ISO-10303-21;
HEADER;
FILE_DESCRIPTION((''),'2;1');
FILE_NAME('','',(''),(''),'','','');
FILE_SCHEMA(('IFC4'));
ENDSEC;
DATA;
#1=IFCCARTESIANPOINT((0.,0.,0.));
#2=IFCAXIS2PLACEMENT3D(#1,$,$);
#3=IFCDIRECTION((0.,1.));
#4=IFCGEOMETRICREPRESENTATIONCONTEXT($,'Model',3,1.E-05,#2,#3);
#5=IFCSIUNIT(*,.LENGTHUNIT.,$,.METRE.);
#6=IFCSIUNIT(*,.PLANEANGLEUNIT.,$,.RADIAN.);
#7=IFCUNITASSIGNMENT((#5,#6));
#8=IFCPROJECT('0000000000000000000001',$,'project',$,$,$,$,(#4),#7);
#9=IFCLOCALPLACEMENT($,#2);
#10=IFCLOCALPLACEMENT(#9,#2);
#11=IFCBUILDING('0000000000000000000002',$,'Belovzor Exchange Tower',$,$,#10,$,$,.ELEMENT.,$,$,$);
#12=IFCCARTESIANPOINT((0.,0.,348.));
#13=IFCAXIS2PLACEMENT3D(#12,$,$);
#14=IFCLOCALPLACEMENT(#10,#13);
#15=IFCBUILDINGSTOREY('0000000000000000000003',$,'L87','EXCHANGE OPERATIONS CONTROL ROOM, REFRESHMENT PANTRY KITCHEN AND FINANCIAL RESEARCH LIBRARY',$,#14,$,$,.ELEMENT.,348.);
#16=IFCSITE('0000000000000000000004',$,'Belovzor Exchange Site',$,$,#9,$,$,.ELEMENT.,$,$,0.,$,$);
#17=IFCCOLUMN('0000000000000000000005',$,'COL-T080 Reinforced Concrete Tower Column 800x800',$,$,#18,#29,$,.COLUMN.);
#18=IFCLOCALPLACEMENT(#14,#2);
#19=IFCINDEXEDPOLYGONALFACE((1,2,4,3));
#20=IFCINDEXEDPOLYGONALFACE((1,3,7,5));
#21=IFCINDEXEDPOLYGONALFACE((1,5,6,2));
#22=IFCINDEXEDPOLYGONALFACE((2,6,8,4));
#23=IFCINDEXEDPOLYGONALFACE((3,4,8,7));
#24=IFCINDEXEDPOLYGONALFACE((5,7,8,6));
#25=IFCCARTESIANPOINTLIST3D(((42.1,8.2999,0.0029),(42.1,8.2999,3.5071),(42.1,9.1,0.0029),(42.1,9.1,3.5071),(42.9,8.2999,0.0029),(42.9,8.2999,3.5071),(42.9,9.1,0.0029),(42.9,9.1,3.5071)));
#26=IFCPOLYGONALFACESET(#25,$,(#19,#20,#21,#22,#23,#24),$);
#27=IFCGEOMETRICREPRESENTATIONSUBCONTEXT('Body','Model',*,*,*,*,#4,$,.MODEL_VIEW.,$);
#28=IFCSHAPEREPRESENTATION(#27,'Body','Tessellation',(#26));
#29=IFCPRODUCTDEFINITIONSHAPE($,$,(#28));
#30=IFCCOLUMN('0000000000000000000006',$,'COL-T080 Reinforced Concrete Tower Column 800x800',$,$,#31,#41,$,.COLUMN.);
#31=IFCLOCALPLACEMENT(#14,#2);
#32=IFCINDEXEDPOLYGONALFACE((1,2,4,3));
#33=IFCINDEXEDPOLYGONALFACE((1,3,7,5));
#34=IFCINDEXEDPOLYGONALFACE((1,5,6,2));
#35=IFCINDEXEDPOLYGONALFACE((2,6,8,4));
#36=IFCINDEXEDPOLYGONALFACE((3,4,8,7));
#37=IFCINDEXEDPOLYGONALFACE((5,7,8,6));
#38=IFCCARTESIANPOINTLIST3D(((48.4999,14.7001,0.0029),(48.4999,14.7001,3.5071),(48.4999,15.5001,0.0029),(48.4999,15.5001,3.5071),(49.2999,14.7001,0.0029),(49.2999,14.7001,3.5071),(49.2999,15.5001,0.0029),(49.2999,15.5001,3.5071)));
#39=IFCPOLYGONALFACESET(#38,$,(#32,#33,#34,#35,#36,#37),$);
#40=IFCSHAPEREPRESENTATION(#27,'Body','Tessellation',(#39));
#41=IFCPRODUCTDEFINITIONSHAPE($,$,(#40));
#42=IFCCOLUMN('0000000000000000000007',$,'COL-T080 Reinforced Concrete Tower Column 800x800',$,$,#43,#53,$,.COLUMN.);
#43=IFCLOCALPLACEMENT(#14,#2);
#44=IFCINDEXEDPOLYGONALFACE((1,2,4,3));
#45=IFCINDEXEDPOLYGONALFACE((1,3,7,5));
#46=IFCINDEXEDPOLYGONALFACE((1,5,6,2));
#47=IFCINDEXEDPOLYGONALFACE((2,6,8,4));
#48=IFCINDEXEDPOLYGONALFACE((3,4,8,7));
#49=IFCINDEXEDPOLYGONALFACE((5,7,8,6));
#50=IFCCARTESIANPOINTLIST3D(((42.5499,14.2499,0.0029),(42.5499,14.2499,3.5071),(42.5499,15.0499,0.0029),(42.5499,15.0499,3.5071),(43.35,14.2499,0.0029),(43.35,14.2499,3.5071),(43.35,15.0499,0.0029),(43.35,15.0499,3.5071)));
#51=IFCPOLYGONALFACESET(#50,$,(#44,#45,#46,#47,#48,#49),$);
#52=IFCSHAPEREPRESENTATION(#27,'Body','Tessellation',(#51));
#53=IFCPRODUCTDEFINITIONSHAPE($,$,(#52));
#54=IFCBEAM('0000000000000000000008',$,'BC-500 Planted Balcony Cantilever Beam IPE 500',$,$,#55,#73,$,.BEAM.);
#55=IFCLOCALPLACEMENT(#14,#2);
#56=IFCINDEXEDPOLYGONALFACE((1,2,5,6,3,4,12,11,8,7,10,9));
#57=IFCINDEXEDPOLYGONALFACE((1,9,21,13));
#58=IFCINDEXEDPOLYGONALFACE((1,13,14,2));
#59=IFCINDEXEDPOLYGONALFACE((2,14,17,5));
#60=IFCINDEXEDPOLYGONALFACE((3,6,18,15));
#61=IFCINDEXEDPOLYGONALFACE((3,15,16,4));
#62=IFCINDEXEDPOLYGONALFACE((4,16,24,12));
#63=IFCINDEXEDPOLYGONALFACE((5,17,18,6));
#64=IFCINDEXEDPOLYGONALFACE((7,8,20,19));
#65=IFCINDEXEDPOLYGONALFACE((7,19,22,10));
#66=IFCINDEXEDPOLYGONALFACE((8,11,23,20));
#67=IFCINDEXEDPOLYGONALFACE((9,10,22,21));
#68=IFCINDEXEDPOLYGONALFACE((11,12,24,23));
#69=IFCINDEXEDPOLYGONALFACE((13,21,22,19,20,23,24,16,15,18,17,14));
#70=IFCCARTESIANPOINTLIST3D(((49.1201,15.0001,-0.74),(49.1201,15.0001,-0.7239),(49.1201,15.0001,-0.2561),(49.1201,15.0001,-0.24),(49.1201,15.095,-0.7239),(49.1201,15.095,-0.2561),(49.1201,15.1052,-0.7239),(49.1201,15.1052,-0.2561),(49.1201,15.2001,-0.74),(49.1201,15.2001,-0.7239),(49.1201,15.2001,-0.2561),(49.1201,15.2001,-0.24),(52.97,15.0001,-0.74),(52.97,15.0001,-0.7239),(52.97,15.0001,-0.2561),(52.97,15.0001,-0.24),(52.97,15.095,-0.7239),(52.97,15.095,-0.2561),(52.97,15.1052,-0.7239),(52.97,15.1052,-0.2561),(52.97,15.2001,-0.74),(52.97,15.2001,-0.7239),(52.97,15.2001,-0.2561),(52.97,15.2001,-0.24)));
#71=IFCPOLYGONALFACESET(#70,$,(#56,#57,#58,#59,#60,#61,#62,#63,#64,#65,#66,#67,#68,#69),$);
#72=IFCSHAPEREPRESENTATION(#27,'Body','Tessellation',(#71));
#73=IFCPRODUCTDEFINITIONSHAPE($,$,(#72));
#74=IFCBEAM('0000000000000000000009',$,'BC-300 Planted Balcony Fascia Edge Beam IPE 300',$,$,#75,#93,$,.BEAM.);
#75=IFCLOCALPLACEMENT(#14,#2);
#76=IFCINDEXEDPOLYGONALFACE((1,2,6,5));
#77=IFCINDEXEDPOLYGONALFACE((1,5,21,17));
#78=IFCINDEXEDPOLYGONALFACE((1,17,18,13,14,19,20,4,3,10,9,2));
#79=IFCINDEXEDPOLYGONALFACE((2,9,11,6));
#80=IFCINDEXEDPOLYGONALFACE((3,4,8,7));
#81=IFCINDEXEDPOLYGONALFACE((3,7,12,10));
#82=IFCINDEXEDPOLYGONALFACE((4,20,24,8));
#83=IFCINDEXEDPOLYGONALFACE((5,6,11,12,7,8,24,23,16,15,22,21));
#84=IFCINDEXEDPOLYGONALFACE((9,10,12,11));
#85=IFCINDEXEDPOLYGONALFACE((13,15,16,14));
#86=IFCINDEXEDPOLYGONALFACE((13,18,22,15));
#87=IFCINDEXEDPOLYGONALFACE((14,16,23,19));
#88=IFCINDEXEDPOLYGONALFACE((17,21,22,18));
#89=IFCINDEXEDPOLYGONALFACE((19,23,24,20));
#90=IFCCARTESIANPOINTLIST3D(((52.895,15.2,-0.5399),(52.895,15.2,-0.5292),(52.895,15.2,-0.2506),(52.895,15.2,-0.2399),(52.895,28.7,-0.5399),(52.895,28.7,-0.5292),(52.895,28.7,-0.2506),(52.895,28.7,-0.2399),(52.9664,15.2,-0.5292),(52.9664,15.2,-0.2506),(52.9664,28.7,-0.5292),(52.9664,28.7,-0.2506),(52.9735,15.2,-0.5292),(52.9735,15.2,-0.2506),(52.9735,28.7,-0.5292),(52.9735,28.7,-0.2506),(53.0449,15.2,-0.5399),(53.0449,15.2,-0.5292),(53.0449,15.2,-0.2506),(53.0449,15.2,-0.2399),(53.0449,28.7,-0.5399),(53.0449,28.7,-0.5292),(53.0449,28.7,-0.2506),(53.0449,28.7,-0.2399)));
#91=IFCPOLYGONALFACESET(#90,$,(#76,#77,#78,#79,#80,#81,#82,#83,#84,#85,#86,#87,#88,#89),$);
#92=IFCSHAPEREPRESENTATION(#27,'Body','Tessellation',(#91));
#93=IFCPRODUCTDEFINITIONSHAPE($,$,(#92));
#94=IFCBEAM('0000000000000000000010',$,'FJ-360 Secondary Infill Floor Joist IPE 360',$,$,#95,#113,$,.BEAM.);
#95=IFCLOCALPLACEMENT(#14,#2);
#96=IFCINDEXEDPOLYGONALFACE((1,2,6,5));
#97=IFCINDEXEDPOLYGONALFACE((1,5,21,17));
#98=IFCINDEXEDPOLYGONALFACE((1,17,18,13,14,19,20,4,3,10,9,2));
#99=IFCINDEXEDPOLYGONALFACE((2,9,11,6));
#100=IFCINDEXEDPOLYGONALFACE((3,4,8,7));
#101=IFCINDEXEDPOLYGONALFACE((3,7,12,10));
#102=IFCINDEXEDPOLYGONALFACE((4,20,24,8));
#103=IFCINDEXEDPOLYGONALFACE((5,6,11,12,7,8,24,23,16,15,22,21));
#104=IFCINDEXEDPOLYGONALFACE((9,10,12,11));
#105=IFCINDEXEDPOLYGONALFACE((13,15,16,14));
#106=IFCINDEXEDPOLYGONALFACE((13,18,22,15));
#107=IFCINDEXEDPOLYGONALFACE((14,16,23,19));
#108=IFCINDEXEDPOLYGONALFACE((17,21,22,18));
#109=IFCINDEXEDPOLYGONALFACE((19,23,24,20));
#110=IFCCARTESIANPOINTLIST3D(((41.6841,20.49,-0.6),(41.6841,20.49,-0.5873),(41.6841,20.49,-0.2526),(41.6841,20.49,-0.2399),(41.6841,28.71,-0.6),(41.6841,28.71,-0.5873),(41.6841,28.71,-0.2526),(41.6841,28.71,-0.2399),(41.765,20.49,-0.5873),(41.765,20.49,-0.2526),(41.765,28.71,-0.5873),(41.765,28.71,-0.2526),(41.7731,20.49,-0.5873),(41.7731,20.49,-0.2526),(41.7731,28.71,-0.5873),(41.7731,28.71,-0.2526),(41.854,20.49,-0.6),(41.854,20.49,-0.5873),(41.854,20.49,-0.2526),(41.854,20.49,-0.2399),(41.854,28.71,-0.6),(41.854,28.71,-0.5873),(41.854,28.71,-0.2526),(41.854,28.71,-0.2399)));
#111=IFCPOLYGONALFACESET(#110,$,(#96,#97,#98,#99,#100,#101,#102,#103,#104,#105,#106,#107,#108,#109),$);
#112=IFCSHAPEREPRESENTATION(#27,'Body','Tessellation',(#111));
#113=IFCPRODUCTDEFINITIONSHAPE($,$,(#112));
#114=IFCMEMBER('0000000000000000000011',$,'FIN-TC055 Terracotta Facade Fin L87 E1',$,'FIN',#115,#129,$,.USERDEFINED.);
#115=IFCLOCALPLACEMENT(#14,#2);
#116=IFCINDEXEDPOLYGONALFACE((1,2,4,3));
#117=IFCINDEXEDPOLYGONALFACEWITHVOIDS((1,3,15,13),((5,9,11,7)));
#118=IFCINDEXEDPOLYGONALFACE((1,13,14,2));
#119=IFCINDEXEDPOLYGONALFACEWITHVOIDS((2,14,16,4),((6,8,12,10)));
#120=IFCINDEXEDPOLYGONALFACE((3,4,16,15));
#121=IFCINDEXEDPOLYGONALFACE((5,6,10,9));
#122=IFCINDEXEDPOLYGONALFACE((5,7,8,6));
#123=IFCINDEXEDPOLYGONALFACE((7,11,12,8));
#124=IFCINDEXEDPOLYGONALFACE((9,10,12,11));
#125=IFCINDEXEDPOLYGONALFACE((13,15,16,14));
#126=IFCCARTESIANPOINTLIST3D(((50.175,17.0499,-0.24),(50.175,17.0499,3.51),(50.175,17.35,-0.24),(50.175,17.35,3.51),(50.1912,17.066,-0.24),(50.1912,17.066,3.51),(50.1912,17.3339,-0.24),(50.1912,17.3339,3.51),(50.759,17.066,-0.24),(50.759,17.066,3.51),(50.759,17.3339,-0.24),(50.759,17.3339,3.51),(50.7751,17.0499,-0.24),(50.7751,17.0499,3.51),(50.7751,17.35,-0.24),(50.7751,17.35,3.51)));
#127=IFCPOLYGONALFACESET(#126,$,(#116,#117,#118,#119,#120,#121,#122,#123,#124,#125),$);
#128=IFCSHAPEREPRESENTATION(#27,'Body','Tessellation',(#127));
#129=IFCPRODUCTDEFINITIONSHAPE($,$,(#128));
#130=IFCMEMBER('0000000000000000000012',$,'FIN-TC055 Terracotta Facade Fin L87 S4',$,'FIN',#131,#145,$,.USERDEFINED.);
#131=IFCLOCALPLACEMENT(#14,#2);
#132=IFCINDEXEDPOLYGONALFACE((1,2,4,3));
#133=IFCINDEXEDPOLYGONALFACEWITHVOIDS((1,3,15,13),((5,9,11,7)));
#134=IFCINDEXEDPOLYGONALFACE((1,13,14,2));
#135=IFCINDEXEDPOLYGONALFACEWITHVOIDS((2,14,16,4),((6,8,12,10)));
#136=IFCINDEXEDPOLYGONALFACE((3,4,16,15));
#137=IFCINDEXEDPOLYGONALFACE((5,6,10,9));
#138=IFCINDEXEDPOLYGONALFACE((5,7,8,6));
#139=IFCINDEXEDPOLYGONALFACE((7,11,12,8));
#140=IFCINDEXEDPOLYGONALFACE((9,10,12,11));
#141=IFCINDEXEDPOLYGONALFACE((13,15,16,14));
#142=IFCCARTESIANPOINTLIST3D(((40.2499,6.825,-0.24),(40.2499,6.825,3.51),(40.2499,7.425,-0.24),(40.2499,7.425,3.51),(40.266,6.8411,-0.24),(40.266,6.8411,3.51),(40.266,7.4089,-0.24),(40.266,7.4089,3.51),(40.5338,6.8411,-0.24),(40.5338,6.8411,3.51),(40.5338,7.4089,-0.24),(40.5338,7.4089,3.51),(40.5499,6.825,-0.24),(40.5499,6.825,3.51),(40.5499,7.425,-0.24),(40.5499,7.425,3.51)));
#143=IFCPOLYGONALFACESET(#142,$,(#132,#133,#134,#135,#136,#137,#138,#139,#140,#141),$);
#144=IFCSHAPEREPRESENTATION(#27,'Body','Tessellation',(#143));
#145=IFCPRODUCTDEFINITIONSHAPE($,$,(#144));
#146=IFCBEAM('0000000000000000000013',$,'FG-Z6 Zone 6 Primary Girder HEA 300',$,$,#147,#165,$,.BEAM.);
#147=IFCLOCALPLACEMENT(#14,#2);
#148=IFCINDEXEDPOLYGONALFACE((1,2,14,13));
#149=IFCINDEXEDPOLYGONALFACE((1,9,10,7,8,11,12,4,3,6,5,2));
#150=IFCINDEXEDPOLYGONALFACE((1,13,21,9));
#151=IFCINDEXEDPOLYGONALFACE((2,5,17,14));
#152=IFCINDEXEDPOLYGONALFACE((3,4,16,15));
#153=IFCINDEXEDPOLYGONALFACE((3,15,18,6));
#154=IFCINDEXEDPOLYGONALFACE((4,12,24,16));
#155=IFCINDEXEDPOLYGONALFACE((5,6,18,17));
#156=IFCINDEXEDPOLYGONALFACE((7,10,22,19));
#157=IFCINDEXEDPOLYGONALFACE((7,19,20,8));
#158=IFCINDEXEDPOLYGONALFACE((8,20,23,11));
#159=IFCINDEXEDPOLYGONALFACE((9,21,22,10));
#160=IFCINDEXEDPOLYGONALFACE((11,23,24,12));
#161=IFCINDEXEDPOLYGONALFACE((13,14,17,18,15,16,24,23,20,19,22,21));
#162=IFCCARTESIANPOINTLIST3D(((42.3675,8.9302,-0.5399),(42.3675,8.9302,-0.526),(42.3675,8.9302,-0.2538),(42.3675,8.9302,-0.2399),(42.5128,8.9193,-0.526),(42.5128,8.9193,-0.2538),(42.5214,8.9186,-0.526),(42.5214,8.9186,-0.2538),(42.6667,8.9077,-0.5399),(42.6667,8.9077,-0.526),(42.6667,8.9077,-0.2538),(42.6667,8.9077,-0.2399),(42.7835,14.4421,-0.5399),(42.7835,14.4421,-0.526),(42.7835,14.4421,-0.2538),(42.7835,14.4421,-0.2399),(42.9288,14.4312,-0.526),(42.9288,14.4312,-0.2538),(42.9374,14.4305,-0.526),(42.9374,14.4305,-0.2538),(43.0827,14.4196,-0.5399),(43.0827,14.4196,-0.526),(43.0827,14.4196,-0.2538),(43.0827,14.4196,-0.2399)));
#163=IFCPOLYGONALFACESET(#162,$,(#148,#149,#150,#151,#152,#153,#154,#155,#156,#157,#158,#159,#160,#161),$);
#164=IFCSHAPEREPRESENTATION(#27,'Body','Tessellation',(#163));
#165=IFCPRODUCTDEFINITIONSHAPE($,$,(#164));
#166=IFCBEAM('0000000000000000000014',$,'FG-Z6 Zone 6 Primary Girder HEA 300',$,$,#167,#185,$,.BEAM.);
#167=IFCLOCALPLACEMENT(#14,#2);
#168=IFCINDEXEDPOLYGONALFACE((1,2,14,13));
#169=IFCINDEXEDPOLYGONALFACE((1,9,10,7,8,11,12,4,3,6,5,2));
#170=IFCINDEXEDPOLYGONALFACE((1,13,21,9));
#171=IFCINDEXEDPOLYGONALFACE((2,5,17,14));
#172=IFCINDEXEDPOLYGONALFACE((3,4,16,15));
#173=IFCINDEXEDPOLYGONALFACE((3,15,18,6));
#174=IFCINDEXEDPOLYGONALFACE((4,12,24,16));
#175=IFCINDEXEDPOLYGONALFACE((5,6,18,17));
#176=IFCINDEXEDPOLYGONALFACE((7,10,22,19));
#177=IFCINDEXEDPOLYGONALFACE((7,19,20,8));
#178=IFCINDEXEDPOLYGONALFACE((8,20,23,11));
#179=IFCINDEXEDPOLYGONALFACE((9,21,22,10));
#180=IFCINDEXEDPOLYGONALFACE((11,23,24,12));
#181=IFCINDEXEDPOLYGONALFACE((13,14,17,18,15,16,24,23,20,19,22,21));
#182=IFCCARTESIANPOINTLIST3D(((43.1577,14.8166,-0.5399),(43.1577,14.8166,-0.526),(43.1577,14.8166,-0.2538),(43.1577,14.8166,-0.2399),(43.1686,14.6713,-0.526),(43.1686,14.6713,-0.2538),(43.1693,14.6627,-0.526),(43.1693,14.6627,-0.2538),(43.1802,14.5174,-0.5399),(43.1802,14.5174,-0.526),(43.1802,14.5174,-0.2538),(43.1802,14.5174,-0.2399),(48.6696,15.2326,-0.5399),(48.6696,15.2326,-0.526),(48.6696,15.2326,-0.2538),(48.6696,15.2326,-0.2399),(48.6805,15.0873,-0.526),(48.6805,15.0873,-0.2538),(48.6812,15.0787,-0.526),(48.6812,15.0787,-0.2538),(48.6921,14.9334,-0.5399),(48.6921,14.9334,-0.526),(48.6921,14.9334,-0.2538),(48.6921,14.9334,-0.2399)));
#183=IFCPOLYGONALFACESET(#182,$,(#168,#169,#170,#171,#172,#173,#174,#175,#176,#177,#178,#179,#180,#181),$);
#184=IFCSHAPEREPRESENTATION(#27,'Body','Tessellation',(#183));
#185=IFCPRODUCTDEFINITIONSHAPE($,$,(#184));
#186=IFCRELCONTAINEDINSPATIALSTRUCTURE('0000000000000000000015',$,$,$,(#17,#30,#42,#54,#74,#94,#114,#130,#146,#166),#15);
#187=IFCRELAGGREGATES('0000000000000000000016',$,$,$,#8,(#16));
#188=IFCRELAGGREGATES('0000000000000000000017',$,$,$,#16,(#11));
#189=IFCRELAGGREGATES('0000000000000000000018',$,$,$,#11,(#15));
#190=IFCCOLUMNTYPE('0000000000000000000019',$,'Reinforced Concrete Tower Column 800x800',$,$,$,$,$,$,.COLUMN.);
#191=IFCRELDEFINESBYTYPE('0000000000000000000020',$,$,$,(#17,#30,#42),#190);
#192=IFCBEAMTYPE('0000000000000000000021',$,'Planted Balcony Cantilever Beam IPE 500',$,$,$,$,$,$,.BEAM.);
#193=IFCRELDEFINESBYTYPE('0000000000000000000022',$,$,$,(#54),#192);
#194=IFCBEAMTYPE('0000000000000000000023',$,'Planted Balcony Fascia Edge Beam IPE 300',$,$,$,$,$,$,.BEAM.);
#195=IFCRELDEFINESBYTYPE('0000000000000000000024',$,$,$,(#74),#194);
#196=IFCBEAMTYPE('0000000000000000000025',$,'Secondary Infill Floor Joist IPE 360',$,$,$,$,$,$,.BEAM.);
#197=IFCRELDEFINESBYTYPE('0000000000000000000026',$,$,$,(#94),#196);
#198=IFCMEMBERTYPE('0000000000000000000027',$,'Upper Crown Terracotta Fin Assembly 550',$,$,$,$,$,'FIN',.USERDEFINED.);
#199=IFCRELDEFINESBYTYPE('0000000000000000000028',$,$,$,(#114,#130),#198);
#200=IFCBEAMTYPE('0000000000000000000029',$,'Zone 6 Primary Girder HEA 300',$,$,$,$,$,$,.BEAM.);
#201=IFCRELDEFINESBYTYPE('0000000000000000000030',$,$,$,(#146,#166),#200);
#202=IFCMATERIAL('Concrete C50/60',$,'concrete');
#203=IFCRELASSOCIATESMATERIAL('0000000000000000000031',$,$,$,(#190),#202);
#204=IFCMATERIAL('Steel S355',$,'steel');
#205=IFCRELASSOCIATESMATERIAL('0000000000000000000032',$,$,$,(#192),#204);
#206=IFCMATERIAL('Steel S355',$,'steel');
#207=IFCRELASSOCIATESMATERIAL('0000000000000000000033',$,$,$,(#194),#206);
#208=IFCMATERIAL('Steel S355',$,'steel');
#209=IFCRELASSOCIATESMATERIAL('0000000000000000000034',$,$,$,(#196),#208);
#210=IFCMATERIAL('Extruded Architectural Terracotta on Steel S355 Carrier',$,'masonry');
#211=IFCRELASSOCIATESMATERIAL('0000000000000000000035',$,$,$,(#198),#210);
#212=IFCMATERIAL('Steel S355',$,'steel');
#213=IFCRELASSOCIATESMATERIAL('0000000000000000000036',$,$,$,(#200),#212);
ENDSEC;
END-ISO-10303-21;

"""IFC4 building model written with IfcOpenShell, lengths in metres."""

from ifc_helpers import new_model, si_unit, direction, frame, origin, origin_2d, place, context, subcontext, project, spatial, rectangle, hollow_rectangle, i_section, extrude, material, material_profile, profile_set, type_object, element, save


model = new_model("IFC4")

# Units and contexts
model_context = context("Model", 3, precision=1e-05, world=origin(), true_north=direction((0.0, 1.0)))
body_context = subcontext(model_context, "Body", "Model", "MODEL_VIEW")
ifc_project = project(units=[si_unit("LENGTHUNIT", "METRE"), si_unit("PLANEANGLEUNIT", "RADIAN")], contexts=[model_context])

# Site, building, storey
site_placement = place(None, origin())
site = spatial("IfcSite", under=ifc_project, at=site_placement, Name="Belovzor Exchange Site", CompositionType="ELEMENT", RefElevation=0.0)
building_placement = place(site_placement, origin())
building = spatial("IfcBuilding", under=site, at=building_placement, Name="Belovzor Exchange Tower", CompositionType="ELEMENT")
storey_placement = place(building_placement, frame((0.0, 0.0, 348.0)))
storey = spatial("IfcBuildingStorey", under=building, at=storey_placement, Name="L87", Description="EXCHANGE OPERATIONS CONTROL ROOM, REFRESHMENT PANTRY KITCHEN AND FINANCIAL RESEARCH LIBRARY", CompositionType="ELEMENT", Elevation=348.0)

# Columns
ifc_material_1 = material(Name="Concrete C50/60", Category="concrete")
ifc_material_profile_1 = material_profile(ifc_material_1, rectangle(XDim=0.8, YDim=0.8, at=origin_2d()))
ifc_profile_set_1 = profile_set([ifc_material_profile_1], Name="Concrete C50/60")
column_type = type_object("IfcColumnType", Name="Reinforced Concrete Tower Column 800x800", PredefinedType="COLUMN", material=ifc_profile_set_1)
for number, where, z_axis, x_axis, name in (
    (1, (42.5, 8.7, 0.0029), (0.0, 0.0, 1.0), (1.0, 0.0, 0.0), "COL-T080 Reinforced Concrete Tower Column 800x800"),
    (2, (48.8999, 15.1001, 0.0029), (0.0, 0.0, 1.0), (1.0, 0.0, 0.0), "COL-T080 Reinforced Concrete Tower Column 800x800"),
    (3, (42.95, 14.6499, 0.0029), (0.0, 0.0, 1.0), (1.0, 0.0, 0.0), "COL-T080 Reinforced Concrete Tower Column 800x800"),
):
    element("IfcColumn", number, at=place(storey_placement, frame(where, z_axis=z_axis, x_axis=x_axis)), inside=storey, type_object=column_type, Name=name, PredefinedType="COLUMN", context=body_context, shape_type="SweptSolid", body=[
        extrude(rectangle(XDim=0.8, YDim=0.8, at=origin_2d()), origin(), (0.0, 0.0, 1.0), 3.5042),
    ])

# Beams
ifc_material_2 = material(Name="Steel S355", Category="steel")
ifc_material_profile_2 = material_profile(ifc_material_2, i_section(OverallWidth=0.2, OverallDepth=0.5, WebThickness=0.0103, FlangeThickness=0.0161, at=origin_2d()))
ifc_profile_set_2 = profile_set([ifc_material_profile_2], Name="Steel S355")
beam_type_1 = type_object("IfcBeamType", Name="Planted Balcony Cantilever Beam IPE 500", PredefinedType="BEAM", material=ifc_profile_set_2)
beam_1_placement = place(storey_placement, frame((49.1201, 15.1001, -0.49), z_axis=(1.0, 0.0, 0.0), x_axis=(0.0, 1.0, 0.0)))
element("IfcBeam", 4, at=beam_1_placement, inside=storey, type_object=beam_type_1, Name="BC-500 Planted Balcony Cantilever Beam IPE 500", PredefinedType="BEAM", context=body_context, shape_type="SweptSolid", body=[
    extrude(i_section(OverallWidth=0.2, OverallDepth=0.5, WebThickness=0.0103, FlangeThickness=0.0161, at=origin_2d()), origin(), (0.0, 0.0, 1.0), 3.8499),
])
ifc_material_3 = material(Name="Steel S355", Category="steel")
ifc_material_profile_3 = material_profile(ifc_material_3, i_section(OverallWidth=0.1499, OverallDepth=0.3, WebThickness=0.0071, FlangeThickness=0.0107, at=origin_2d()))
ifc_profile_set_3 = profile_set([ifc_material_profile_3], Name="Steel S355")
beam_type_2 = type_object("IfcBeamType", Name="Planted Balcony Fascia Edge Beam IPE 300", PredefinedType="BEAM", material=ifc_profile_set_3)
beam_2_placement = place(storey_placement, frame((52.97, 15.2, -0.3899), z_axis=(0.0, 1.0, 0.0), x_axis=(-1.0, 0.0, 0.0)))
element("IfcBeam", 5, at=beam_2_placement, inside=storey, type_object=beam_type_2, Name="BC-300 Planted Balcony Fascia Edge Beam IPE 300", PredefinedType="BEAM", context=body_context, shape_type="SweptSolid", body=[
    extrude(i_section(OverallWidth=0.1499, OverallDepth=0.3, WebThickness=0.0071, FlangeThickness=0.0107, at=origin_2d()), origin(), (0.0, 0.0, 1.0), 13.5),
])
ifc_material_4 = material(Name="Steel S355", Category="steel")
ifc_material_profile_4 = material_profile(ifc_material_4, i_section(OverallWidth=0.1699, OverallDepth=0.3601, WebThickness=0.0081, FlangeThickness=0.0127, at=origin_2d()))
ifc_profile_set_4 = profile_set([ifc_material_profile_4], Name="Steel S355")
beam_type_3 = type_object("IfcBeamType", Name="Secondary Infill Floor Joist IPE 360", PredefinedType="BEAM", material=ifc_profile_set_4)
beam_3_placement = place(storey_placement, frame((41.769, 20.49, -0.4199), z_axis=(0.0, 1.0, 0.0), x_axis=(-1.0, 0.0, 0.0)))
element("IfcBeam", 6, at=beam_3_placement, inside=storey, type_object=beam_type_3, Name="FJ-360 Secondary Infill Floor Joist IPE 360", PredefinedType="BEAM", context=body_context, shape_type="SweptSolid", body=[
    extrude(i_section(OverallWidth=0.1699, OverallDepth=0.3601, WebThickness=0.0081, FlangeThickness=0.0127, at=origin_2d()), origin(), (0.0, 0.0, 1.0), 8.22),
])

# Members
ifc_material_5 = material(Name="Extruded Architectural Terracotta on Steel S355 Carrier", Category="masonry")
ifc_material_profile_5 = material_profile(ifc_material_5, hollow_rectangle(XDim=0.3, YDim=0.6001, WallThickness=0.0161, at=origin_2d()))
ifc_profile_set_5 = profile_set([ifc_material_profile_5], Name="Extruded Architectural Terracotta on Steel S355 Carrier")
member_type = type_object("IfcMemberType", Name="Upper Crown Terracotta Fin Assembly 550", ElementType="FIN", PredefinedType="USERDEFINED", material=ifc_profile_set_5)
for number, where, z_axis, x_axis, name in (
    (7, (50.4751, 17.2, -0.24), (0.0, 0.0, 1.0), (0.0, 1.0, 0.0), "FIN-TC055 Terracotta Facade Fin L87 E1"),
    (8, (40.3999, 7.125, -0.24), (0.0, 0.0, 1.0), (1.0, 0.0, 0.0), "FIN-TC055 Terracotta Facade Fin L87 S4"),
):
    element("IfcMember", number, at=place(storey_placement, frame(where, z_axis=z_axis, x_axis=x_axis)), inside=storey, type_object=member_type, Name=name, ObjectType="FIN", PredefinedType="USERDEFINED", context=body_context, shape_type="SweptSolid", body=[
        extrude(hollow_rectangle(XDim=0.3, YDim=0.6001, WallThickness=0.0161, at=origin_2d()), origin(), (0.0, 0.0, 1.0), 3.75),
    ])

# Beams
ifc_material_6 = material(Name="Steel S355", Category="steel")
ifc_material_profile_6 = material_profile(ifc_material_6, i_section(OverallWidth=0.3, OverallDepth=0.3, WebThickness=0.0085, FlangeThickness=0.0139, at=origin_2d()))
ifc_profile_set_6 = profile_set([ifc_material_profile_6], Name="Steel S355")
beam_type_4 = type_object("IfcBeamType", Name="Zone 6 Primary Girder HEA 300", PredefinedType="BEAM", material=ifc_profile_set_6)
for number, where, z_axis, x_axis, name in (
    (9, (42.5171, 8.9189, -0.3899), (0.075261, 0.997164, 0.0), (-0.997164, 0.075261, 0.0), "FG-Z6 Zone 6 Primary Girder HEA 300"),
    (10, (43.1689, 14.667, -0.3899), (0.997164, 0.075261, 0.0), (-0.075261, 0.997164, 0.0), "FG-Z6 Zone 6 Primary Girder HEA 300"),
):
    element("IfcBeam", number, at=place(storey_placement, frame(where, z_axis=z_axis, x_axis=x_axis)), inside=storey, type_object=beam_type_4, Name=name, PredefinedType="BEAM", context=body_context, shape_type="SweptSolid", body=[
        extrude(i_section(OverallWidth=0.3, OverallDepth=0.3, WebThickness=0.0085, FlangeThickness=0.0139, at=origin_2d()), origin(), (0.0, 0.0, 1.0), 5.5276),
    ])

save(model, "model.ifc")
